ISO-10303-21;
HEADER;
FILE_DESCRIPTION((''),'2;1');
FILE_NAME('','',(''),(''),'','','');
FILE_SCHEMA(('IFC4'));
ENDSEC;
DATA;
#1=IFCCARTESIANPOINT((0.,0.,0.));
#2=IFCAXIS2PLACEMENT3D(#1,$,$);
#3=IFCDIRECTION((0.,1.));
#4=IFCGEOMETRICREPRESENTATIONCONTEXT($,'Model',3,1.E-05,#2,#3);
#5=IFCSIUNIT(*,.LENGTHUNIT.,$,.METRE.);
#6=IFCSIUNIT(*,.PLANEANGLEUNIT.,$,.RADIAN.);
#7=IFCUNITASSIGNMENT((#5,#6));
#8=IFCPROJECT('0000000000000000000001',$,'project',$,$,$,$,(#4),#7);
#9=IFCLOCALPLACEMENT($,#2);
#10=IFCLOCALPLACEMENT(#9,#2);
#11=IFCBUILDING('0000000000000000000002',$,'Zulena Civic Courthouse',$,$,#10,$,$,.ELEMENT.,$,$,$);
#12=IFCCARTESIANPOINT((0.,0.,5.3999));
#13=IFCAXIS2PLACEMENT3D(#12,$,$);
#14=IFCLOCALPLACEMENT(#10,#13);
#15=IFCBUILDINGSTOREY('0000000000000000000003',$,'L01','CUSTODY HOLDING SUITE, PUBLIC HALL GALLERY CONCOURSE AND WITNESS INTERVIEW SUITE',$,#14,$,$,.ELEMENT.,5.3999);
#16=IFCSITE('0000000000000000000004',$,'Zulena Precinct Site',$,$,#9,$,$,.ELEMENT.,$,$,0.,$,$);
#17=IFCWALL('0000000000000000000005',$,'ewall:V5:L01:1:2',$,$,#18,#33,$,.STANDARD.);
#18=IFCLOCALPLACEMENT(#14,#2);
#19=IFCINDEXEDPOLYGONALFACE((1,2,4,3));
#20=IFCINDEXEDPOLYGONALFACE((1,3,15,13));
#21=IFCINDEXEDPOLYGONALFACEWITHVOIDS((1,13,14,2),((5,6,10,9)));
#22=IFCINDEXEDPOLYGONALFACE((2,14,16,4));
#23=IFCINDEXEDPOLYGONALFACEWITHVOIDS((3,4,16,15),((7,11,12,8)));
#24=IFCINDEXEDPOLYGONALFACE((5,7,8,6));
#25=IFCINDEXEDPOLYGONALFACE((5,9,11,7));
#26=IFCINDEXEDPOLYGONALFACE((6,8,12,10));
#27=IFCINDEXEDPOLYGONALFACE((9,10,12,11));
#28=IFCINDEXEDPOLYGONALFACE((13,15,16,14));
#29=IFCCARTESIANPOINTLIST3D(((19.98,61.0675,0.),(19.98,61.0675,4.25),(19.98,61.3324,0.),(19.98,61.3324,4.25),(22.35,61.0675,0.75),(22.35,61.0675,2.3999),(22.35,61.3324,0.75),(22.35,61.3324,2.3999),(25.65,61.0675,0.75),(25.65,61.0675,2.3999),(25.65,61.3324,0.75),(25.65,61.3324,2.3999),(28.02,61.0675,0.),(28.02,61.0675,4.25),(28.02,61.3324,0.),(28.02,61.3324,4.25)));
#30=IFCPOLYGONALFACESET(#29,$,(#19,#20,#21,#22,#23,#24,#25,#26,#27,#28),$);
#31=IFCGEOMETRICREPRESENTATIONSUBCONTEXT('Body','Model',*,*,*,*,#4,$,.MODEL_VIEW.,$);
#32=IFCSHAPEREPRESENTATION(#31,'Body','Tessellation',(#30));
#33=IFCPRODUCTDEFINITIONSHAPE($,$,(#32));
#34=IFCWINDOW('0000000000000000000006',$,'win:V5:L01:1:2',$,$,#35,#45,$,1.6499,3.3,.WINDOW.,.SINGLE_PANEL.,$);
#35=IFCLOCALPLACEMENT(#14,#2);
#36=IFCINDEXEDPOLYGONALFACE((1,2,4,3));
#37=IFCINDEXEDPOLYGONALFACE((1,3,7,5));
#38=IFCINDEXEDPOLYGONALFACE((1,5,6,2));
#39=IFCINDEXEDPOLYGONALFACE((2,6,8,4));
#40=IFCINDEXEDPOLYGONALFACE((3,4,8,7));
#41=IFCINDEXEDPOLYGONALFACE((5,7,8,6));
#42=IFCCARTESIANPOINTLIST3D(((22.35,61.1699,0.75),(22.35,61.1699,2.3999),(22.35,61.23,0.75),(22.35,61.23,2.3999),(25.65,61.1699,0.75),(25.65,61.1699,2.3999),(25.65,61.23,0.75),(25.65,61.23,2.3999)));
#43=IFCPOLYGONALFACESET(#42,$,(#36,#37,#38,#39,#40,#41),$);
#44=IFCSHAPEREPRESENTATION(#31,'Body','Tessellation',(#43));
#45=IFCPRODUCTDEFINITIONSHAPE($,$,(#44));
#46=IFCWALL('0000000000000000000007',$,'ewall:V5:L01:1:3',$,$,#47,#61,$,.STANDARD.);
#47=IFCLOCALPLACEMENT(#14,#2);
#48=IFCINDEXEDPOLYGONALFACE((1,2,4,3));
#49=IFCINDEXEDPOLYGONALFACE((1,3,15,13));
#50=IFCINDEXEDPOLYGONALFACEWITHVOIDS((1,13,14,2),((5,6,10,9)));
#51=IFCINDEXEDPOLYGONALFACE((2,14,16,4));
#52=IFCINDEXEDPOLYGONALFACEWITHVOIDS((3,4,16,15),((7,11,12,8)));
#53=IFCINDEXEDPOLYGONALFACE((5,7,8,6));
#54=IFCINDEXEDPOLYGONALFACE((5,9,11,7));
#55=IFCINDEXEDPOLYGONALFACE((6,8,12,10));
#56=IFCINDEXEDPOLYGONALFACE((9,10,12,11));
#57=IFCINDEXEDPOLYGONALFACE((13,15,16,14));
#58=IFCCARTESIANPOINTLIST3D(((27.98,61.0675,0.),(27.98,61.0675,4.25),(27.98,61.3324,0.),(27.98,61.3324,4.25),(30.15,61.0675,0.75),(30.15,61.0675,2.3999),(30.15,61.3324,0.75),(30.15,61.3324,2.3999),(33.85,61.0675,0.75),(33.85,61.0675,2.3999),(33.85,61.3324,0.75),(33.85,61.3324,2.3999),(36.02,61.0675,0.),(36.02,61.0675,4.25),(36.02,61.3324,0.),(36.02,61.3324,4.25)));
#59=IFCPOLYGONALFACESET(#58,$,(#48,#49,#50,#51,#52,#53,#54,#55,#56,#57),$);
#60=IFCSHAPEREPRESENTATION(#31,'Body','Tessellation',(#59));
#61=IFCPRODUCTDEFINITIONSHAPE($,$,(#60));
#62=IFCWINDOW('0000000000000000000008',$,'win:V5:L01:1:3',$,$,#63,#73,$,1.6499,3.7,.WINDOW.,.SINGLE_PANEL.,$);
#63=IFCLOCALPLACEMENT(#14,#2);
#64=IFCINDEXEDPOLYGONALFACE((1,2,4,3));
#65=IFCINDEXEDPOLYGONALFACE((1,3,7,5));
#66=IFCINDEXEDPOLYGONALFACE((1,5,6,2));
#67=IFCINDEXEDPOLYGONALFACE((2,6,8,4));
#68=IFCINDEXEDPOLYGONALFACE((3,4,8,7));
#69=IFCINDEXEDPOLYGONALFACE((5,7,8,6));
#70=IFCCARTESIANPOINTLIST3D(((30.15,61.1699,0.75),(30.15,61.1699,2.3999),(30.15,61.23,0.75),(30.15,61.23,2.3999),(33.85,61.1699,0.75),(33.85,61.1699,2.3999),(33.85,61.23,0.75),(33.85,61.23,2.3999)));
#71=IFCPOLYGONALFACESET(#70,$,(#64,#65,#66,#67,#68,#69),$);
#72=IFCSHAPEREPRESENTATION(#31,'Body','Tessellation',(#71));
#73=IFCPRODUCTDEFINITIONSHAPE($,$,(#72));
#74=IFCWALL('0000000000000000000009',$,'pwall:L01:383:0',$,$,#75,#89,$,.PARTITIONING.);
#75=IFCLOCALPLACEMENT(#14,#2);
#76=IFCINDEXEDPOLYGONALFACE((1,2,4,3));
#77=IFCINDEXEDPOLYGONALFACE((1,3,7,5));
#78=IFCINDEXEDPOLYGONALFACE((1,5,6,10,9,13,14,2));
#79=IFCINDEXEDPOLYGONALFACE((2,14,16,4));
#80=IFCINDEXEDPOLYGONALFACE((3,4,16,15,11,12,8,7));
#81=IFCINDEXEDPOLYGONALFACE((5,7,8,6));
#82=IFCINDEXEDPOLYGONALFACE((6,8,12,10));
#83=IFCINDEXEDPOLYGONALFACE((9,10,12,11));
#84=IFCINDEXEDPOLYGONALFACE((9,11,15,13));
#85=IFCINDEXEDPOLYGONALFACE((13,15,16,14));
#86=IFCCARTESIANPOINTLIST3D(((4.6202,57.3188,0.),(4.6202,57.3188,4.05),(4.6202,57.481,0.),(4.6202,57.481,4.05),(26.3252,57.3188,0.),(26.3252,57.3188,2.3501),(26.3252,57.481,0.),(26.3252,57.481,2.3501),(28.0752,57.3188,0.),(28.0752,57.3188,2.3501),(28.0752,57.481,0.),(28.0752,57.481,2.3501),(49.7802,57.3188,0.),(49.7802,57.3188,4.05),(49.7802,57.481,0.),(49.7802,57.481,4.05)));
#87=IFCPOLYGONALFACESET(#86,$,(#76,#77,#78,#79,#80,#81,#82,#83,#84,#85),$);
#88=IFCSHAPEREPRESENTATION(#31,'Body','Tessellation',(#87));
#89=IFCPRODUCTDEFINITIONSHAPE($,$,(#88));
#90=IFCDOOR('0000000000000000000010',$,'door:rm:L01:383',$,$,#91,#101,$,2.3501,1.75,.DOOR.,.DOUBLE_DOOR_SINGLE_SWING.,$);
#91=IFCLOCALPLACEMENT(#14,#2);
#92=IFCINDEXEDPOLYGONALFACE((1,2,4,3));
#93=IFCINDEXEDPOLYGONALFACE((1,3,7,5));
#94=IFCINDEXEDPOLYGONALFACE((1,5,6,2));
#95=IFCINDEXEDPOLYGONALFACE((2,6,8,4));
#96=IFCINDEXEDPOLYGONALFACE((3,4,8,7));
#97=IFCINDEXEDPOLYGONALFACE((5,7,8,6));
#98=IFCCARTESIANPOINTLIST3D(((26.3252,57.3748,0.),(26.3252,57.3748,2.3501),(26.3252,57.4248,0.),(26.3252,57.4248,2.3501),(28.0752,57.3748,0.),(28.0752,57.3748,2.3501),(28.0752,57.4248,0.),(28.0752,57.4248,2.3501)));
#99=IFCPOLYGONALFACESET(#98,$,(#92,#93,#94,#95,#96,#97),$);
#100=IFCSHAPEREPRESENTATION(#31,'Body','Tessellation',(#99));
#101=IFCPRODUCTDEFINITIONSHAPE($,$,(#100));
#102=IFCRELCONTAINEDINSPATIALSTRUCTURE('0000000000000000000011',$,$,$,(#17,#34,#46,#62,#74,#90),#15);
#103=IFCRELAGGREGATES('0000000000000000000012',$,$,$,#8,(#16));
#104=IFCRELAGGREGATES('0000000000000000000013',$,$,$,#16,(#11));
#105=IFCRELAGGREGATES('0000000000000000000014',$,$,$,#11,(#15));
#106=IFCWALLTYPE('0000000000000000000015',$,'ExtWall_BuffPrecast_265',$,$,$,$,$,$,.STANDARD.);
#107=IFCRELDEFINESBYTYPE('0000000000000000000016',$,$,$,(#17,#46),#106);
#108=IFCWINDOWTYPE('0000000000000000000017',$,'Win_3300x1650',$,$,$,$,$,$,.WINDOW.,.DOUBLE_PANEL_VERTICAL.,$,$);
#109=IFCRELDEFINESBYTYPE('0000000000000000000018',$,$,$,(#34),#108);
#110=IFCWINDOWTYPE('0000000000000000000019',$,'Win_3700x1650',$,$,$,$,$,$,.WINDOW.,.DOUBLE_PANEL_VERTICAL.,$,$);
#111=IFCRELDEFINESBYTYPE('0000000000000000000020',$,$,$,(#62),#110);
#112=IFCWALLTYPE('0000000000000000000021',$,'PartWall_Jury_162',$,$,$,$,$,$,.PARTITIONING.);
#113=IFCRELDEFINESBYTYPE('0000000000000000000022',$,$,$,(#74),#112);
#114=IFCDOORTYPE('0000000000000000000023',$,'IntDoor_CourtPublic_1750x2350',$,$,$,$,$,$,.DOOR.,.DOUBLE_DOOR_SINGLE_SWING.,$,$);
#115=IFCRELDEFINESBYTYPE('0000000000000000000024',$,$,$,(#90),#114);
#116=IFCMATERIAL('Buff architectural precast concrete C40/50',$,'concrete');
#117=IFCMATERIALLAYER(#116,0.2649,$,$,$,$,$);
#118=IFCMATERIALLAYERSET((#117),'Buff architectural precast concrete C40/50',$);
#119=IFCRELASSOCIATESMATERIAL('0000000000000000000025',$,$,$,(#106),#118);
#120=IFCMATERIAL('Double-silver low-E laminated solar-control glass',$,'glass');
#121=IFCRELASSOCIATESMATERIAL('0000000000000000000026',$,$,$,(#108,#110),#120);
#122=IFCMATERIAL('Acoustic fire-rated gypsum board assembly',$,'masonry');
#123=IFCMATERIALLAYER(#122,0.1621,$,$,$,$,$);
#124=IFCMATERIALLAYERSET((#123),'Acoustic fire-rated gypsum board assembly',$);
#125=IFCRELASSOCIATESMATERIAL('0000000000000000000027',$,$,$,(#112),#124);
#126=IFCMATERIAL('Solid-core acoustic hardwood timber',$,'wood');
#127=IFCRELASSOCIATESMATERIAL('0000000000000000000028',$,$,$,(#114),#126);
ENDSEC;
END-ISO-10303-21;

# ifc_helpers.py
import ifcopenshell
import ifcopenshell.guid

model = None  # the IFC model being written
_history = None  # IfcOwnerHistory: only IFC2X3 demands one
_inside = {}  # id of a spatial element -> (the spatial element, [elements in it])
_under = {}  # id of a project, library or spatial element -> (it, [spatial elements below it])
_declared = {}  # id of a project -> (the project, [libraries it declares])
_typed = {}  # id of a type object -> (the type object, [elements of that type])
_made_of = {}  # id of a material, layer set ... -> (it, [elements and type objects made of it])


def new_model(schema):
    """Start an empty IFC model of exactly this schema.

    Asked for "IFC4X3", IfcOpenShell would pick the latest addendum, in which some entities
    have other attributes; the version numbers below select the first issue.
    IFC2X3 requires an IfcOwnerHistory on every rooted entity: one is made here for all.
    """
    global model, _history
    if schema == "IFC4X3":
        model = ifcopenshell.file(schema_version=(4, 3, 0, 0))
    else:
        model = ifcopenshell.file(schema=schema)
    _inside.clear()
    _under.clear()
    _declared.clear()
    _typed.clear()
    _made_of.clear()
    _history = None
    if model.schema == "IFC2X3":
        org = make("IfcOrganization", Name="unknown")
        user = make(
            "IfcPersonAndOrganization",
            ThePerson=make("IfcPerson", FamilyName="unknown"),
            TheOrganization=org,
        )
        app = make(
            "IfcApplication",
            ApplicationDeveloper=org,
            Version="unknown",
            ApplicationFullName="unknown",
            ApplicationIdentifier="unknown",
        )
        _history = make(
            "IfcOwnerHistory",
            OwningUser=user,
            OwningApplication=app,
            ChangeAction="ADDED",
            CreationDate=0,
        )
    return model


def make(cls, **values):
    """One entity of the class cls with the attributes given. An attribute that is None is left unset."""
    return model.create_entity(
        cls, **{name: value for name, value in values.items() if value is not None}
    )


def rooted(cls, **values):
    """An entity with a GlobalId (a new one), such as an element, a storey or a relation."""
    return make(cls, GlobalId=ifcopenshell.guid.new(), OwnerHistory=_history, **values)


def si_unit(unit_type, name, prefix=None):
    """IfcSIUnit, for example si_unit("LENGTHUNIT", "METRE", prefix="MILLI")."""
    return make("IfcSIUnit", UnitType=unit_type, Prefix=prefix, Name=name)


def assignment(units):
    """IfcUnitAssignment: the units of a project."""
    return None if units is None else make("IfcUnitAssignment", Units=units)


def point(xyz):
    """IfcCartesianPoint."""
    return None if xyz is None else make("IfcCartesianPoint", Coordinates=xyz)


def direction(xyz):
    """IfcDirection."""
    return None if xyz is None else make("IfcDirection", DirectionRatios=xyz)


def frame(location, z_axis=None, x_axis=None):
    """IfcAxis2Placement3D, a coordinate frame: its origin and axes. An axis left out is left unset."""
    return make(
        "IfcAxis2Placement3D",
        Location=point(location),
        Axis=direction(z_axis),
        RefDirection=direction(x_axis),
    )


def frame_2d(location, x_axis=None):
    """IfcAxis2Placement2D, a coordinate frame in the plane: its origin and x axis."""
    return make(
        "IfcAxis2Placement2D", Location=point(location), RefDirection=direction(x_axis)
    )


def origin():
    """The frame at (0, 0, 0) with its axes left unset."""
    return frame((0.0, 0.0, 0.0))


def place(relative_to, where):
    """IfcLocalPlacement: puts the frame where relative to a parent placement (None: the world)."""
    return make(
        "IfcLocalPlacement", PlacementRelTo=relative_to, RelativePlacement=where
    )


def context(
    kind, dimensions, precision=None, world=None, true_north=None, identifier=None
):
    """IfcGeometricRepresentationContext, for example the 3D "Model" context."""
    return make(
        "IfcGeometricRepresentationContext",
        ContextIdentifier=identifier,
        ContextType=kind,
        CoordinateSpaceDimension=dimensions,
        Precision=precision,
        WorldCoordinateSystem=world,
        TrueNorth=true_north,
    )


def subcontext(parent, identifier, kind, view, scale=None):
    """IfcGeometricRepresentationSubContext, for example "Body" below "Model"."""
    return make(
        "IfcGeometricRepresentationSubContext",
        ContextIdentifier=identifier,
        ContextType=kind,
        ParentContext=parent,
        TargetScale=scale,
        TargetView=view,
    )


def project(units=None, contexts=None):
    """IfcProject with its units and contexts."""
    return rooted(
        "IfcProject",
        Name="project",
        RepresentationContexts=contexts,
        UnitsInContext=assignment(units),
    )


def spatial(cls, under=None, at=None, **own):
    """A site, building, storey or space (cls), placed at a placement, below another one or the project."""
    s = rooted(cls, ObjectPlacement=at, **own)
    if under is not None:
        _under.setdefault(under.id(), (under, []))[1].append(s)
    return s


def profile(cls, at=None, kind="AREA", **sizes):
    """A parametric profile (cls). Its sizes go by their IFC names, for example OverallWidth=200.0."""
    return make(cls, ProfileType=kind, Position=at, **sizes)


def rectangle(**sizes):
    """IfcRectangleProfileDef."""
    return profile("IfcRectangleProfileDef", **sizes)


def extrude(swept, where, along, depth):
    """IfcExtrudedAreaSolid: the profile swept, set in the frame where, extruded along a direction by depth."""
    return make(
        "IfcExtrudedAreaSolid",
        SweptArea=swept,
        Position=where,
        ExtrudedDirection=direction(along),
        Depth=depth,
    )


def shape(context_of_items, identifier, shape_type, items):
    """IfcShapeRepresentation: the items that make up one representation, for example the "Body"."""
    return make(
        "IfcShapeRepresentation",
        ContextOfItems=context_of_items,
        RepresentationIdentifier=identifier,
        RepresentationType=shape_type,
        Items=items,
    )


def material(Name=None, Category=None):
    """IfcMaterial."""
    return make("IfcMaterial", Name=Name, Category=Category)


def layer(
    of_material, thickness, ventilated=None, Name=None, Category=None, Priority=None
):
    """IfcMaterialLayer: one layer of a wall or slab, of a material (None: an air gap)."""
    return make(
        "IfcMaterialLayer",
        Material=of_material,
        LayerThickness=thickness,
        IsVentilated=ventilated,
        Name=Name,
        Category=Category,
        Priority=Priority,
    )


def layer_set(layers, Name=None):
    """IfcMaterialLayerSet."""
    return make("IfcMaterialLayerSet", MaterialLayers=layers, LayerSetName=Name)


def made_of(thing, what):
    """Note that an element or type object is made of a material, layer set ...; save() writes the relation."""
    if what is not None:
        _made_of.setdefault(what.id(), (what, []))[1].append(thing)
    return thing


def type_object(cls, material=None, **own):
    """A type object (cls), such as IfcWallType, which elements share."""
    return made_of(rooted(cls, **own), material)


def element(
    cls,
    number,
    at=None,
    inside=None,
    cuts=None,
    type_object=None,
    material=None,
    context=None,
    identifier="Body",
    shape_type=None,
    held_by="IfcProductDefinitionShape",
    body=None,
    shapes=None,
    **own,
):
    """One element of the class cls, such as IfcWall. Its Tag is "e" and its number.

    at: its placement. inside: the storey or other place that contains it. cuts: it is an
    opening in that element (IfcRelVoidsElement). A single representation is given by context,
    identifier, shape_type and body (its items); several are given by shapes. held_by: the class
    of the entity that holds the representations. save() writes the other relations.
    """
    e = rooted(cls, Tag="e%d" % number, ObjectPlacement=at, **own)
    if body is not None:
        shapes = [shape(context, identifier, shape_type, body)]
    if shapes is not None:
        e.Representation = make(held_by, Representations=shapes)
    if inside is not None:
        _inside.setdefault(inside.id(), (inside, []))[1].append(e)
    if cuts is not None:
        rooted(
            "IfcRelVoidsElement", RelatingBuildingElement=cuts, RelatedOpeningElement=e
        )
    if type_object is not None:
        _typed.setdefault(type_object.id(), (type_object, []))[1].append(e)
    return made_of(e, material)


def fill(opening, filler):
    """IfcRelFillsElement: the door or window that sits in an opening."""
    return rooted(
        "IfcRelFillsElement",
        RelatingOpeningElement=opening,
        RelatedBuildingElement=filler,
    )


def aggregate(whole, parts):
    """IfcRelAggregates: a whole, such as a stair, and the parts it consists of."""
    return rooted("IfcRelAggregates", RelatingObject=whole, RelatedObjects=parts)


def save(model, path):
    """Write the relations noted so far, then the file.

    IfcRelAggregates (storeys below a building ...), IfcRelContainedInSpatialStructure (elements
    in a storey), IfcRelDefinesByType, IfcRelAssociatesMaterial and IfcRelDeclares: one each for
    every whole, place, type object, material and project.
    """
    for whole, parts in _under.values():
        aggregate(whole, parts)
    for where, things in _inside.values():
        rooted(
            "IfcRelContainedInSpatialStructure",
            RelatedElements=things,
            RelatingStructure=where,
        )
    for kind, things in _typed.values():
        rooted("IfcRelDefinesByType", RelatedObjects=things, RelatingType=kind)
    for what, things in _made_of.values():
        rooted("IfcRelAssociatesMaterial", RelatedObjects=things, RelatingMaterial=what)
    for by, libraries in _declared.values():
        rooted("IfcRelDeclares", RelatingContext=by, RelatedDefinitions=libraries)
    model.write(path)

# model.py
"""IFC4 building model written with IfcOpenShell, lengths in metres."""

from ifc_helpers import new_model, si_unit, direction, frame, frame_2d, origin, place, context, subcontext, project, spatial, rectangle, extrude, material, layer, layer_set, type_object, element, fill, save


model = new_model("IFC4")

# Units and contexts
model_context = context("Model", 3, precision=1e-05, world=origin(), true_north=direction((0.0, 1.0)))
body_context = subcontext(model_context, "Body", "Model", "MODEL_VIEW")
ifc_project = project(units=[si_unit("LENGTHUNIT", "METRE"), si_unit("PLANEANGLEUNIT", "RADIAN")], contexts=[model_context])

# Site, building, storey
site_placement = place(None, origin())
site = spatial("IfcSite", under=ifc_project, at=site_placement, Name="Zulena Precinct Site", CompositionType="ELEMENT", RefElevation=0.0)
building_placement = place(site_placement, origin())
building = spatial("IfcBuilding", under=site, at=building_placement, Name="Zulena Civic Courthouse", CompositionType="ELEMENT")
storey_placement = place(building_placement, frame((0.0, 0.0, 5.3999)))
storey = spatial("IfcBuildingStorey", under=building, at=storey_placement, Name="L01", Description="CUSTODY HOLDING SUITE, PUBLIC HALL GALLERY CONCOURSE AND WITNESS INTERVIEW SUITE", CompositionType="ELEMENT", Elevation=5.3999)

# Walls, openings, windows
ifc_material_1 = material(Name="Buff architectural precast concrete C40/50", Category="concrete")
ifc_layer_1 = layer(ifc_material_1, 0.2649)
ifc_layer_set_1 = layer_set([ifc_layer_1], Name="Buff architectural precast concrete C40/50")
wall_type_1 = type_object("IfcWallType", Name="ExtWall_BuffPrecast_265", PredefinedType="STANDARD", material=ifc_layer_set_1)
ifc_material_2 = material(Name="Double-silver low-E laminated solar-control glass", Category="glass")
wall_1_placement = place(storey_placement, frame((19.98, 61.2, 0.0), z_axis=(0.0, 0.0, 1.0), x_axis=(1.0, 0.0, 0.0)))
wall_1 = element("IfcWall", 1, at=wall_1_placement, inside=storey, type_object=wall_type_1, Name="ewall:V5:L01:1:2", PredefinedType="STANDARD", context=body_context, shape_type="SweptSolid", body=[
    extrude(rectangle(XDim=8.04, YDim=0.2649, at=frame_2d((4.02, 0.0))), origin(), (0.0, 0.0, 1.0), 4.25),
])
opening_1_placement = place(wall_1_placement, frame((2.3701, 0.0, 0.75)))
opening_1 = element("IfcOpeningElement", 2, at=opening_1_placement, cuts=wall_1, PredefinedType="OPENING", context=body_context, shape_type="SweptSolid", body=[
    extrude(rectangle(XDim=3.3, YDim=1.6499, at=frame_2d((1.6499, 0.825))), frame((0.0, 0.1423, 0.0), z_axis=(0.0, -1.0, 0.0), x_axis=(1.0, 0.0, 0.0)), (0.0, 0.0, 1.0), 0.2849),
])
window_type_1 = type_object("IfcWindowType", Name="Win_3300x1650", PartitioningType="DOUBLE_PANEL_VERTICAL", PredefinedType="WINDOW", material=ifc_material_2)
window_1_placement = place(opening_1_placement, origin())
window_1 = element("IfcWindow", 3, at=window_1_placement, inside=storey, type_object=window_type_1, Name="win:V5:L01:1:2", OverallHeight=1.6499, OverallWidth=3.3, PartitioningType="SINGLE_PANEL", PredefinedType="WINDOW", context=body_context, shape_type="SweptSolid", body=[
    extrude(rectangle(XDim=3.3, YDim=1.6499, at=frame_2d((1.6499, 0.825))), frame((0.0, 0.03, 0.0), z_axis=(0.0, -1.0, 0.0), x_axis=(1.0, 0.0, 0.0)), (0.0, 0.0, 1.0), 0.0601),
])
fill(opening_1, window_1)
wall_2_placement = place(storey_placement, frame((27.98, 61.2, 0.0), z_axis=(0.0, 0.0, 1.0), x_axis=(1.0, 0.0, 0.0)))
wall_2 = element("IfcWall", 4, at=wall_2_placement, inside=storey, type_object=wall_type_1, Name="ewall:V5:L01:1:3", PredefinedType="STANDARD", context=body_context, shape_type="SweptSolid", body=[
    extrude(rectangle(XDim=8.04, YDim=0.2649, at=frame_2d((4.02, 0.0))), origin(), (0.0, 0.0, 1.0), 4.25),
])
opening_2_placement = place(wall_2_placement, frame((2.1699, 0.0, 0.75)))
opening_2 = element("IfcOpeningElement", 5, at=opening_2_placement, cuts=wall_2, PredefinedType="OPENING", context=body_context, shape_type="SweptSolid", body=[
    extrude(rectangle(XDim=3.7, YDim=1.6499, at=frame_2d((1.8501, 0.825))), frame((0.0, 0.1423, 0.0), z_axis=(0.0, -1.0, 0.0), x_axis=(1.0, 0.0, 0.0)), (0.0, 0.0, 1.0), 0.2849),
])
window_type_2 = type_object("IfcWindowType", Name="Win_3700x1650", PartitioningType="DOUBLE_PANEL_VERTICAL", PredefinedType="WINDOW", material=ifc_material_2)
window_2_placement = place(opening_2_placement, origin())
window_2 = element("IfcWindow", 6, at=window_2_placement, inside=storey, type_object=window_type_2, Name="win:V5:L01:1:3", OverallHeight=1.6499, OverallWidth=3.7, PartitioningType="SINGLE_PANEL", PredefinedType="WINDOW", context=body_context, shape_type="SweptSolid", body=[
    extrude(rectangle(XDim=3.7, YDim=1.6499, at=frame_2d((1.8501, 0.825))), frame((0.0, 0.03, 0.0), z_axis=(0.0, -1.0, 0.0), x_axis=(1.0, 0.0, 0.0)), (0.0, 0.0, 1.0), 0.0601),
])
fill(opening_2, window_2)

# Wall, opening, door
ifc_material_3 = material(Name="Acoustic fire-rated gypsum board assembly", Category="masonry")
ifc_layer_2 = layer(ifc_material_3, 0.1621)
ifc_layer_set_2 = layer_set([ifc_layer_2], Name="Acoustic fire-rated gypsum board assembly")
wall_type_2 = type_object("IfcWallType", Name="PartWall_Jury_162", PredefinedType="PARTITIONING", material=ifc_layer_set_2)
wall_3_placement = place(storey_placement, frame((4.6201, 57.3999, 0.0), z_axis=(0.0, 0.0, 1.0), x_axis=(1.0, 0.0, 0.0)))
wall_3 = element("IfcWall", 7, at=wall_3_placement, inside=storey, type_object=wall_type_2, Name="pwall:L01:383:0", PredefinedType="PARTITIONING", context=body_context, shape_type="SweptSolid", body=[
    extrude(rectangle(XDim=45.1599, YDim=0.1621, at=frame_2d((22.5801, 0.0))), origin(), (0.0, 0.0, 1.0), 4.05),
])
opening_3_placement = place(wall_3_placement, frame((21.7051, 0.0, 0.0)))
opening_3 = element("IfcOpeningElement", 8, at=opening_3_placement, cuts=wall_3, PredefinedType="OPENING", context=body_context, shape_type="SweptSolid", body=[
    extrude(rectangle(XDim=1.75, YDim=2.3501, at=frame_2d((0.875, 1.175))), frame((0.0, 0.0911, 0.0), z_axis=(0.0, -1.0, 0.0), x_axis=(1.0, 0.0, 0.0)), (0.0, 0.0, 1.0), 0.1821),
])
ifc_material_4 = material(Name="Solid-core acoustic hardwood timber", Category="wood")
door_type = type_object("IfcDoorType", Name="IntDoor_CourtPublic_1750x2350", OperationType="DOUBLE_DOOR_SINGLE_SWING", PredefinedType="DOOR", material=ifc_material_4)
door_placement = place(opening_3_placement, origin())
door = element("IfcDoor", 9, at=door_placement, inside=storey, type_object=door_type, Name="door:rm:L01:383", OperationType="DOUBLE_DOOR_SINGLE_SWING", OverallHeight=2.3501, OverallWidth=1.75, PredefinedType="DOOR", context=body_context, shape_type="SweptSolid", body=[
    extrude(rectangle(XDim=1.75, YDim=2.3501, at=frame_2d((0.875, 1.175))), frame((0.0, 0.0249, 0.0), z_axis=(0.0, -1.0, 0.0), x_axis=(1.0, 0.0, 0.0)), (0.0, 0.0, 1.0), 0.05),
])
fill(opening_3, door)

save(model, "model.ifc")
